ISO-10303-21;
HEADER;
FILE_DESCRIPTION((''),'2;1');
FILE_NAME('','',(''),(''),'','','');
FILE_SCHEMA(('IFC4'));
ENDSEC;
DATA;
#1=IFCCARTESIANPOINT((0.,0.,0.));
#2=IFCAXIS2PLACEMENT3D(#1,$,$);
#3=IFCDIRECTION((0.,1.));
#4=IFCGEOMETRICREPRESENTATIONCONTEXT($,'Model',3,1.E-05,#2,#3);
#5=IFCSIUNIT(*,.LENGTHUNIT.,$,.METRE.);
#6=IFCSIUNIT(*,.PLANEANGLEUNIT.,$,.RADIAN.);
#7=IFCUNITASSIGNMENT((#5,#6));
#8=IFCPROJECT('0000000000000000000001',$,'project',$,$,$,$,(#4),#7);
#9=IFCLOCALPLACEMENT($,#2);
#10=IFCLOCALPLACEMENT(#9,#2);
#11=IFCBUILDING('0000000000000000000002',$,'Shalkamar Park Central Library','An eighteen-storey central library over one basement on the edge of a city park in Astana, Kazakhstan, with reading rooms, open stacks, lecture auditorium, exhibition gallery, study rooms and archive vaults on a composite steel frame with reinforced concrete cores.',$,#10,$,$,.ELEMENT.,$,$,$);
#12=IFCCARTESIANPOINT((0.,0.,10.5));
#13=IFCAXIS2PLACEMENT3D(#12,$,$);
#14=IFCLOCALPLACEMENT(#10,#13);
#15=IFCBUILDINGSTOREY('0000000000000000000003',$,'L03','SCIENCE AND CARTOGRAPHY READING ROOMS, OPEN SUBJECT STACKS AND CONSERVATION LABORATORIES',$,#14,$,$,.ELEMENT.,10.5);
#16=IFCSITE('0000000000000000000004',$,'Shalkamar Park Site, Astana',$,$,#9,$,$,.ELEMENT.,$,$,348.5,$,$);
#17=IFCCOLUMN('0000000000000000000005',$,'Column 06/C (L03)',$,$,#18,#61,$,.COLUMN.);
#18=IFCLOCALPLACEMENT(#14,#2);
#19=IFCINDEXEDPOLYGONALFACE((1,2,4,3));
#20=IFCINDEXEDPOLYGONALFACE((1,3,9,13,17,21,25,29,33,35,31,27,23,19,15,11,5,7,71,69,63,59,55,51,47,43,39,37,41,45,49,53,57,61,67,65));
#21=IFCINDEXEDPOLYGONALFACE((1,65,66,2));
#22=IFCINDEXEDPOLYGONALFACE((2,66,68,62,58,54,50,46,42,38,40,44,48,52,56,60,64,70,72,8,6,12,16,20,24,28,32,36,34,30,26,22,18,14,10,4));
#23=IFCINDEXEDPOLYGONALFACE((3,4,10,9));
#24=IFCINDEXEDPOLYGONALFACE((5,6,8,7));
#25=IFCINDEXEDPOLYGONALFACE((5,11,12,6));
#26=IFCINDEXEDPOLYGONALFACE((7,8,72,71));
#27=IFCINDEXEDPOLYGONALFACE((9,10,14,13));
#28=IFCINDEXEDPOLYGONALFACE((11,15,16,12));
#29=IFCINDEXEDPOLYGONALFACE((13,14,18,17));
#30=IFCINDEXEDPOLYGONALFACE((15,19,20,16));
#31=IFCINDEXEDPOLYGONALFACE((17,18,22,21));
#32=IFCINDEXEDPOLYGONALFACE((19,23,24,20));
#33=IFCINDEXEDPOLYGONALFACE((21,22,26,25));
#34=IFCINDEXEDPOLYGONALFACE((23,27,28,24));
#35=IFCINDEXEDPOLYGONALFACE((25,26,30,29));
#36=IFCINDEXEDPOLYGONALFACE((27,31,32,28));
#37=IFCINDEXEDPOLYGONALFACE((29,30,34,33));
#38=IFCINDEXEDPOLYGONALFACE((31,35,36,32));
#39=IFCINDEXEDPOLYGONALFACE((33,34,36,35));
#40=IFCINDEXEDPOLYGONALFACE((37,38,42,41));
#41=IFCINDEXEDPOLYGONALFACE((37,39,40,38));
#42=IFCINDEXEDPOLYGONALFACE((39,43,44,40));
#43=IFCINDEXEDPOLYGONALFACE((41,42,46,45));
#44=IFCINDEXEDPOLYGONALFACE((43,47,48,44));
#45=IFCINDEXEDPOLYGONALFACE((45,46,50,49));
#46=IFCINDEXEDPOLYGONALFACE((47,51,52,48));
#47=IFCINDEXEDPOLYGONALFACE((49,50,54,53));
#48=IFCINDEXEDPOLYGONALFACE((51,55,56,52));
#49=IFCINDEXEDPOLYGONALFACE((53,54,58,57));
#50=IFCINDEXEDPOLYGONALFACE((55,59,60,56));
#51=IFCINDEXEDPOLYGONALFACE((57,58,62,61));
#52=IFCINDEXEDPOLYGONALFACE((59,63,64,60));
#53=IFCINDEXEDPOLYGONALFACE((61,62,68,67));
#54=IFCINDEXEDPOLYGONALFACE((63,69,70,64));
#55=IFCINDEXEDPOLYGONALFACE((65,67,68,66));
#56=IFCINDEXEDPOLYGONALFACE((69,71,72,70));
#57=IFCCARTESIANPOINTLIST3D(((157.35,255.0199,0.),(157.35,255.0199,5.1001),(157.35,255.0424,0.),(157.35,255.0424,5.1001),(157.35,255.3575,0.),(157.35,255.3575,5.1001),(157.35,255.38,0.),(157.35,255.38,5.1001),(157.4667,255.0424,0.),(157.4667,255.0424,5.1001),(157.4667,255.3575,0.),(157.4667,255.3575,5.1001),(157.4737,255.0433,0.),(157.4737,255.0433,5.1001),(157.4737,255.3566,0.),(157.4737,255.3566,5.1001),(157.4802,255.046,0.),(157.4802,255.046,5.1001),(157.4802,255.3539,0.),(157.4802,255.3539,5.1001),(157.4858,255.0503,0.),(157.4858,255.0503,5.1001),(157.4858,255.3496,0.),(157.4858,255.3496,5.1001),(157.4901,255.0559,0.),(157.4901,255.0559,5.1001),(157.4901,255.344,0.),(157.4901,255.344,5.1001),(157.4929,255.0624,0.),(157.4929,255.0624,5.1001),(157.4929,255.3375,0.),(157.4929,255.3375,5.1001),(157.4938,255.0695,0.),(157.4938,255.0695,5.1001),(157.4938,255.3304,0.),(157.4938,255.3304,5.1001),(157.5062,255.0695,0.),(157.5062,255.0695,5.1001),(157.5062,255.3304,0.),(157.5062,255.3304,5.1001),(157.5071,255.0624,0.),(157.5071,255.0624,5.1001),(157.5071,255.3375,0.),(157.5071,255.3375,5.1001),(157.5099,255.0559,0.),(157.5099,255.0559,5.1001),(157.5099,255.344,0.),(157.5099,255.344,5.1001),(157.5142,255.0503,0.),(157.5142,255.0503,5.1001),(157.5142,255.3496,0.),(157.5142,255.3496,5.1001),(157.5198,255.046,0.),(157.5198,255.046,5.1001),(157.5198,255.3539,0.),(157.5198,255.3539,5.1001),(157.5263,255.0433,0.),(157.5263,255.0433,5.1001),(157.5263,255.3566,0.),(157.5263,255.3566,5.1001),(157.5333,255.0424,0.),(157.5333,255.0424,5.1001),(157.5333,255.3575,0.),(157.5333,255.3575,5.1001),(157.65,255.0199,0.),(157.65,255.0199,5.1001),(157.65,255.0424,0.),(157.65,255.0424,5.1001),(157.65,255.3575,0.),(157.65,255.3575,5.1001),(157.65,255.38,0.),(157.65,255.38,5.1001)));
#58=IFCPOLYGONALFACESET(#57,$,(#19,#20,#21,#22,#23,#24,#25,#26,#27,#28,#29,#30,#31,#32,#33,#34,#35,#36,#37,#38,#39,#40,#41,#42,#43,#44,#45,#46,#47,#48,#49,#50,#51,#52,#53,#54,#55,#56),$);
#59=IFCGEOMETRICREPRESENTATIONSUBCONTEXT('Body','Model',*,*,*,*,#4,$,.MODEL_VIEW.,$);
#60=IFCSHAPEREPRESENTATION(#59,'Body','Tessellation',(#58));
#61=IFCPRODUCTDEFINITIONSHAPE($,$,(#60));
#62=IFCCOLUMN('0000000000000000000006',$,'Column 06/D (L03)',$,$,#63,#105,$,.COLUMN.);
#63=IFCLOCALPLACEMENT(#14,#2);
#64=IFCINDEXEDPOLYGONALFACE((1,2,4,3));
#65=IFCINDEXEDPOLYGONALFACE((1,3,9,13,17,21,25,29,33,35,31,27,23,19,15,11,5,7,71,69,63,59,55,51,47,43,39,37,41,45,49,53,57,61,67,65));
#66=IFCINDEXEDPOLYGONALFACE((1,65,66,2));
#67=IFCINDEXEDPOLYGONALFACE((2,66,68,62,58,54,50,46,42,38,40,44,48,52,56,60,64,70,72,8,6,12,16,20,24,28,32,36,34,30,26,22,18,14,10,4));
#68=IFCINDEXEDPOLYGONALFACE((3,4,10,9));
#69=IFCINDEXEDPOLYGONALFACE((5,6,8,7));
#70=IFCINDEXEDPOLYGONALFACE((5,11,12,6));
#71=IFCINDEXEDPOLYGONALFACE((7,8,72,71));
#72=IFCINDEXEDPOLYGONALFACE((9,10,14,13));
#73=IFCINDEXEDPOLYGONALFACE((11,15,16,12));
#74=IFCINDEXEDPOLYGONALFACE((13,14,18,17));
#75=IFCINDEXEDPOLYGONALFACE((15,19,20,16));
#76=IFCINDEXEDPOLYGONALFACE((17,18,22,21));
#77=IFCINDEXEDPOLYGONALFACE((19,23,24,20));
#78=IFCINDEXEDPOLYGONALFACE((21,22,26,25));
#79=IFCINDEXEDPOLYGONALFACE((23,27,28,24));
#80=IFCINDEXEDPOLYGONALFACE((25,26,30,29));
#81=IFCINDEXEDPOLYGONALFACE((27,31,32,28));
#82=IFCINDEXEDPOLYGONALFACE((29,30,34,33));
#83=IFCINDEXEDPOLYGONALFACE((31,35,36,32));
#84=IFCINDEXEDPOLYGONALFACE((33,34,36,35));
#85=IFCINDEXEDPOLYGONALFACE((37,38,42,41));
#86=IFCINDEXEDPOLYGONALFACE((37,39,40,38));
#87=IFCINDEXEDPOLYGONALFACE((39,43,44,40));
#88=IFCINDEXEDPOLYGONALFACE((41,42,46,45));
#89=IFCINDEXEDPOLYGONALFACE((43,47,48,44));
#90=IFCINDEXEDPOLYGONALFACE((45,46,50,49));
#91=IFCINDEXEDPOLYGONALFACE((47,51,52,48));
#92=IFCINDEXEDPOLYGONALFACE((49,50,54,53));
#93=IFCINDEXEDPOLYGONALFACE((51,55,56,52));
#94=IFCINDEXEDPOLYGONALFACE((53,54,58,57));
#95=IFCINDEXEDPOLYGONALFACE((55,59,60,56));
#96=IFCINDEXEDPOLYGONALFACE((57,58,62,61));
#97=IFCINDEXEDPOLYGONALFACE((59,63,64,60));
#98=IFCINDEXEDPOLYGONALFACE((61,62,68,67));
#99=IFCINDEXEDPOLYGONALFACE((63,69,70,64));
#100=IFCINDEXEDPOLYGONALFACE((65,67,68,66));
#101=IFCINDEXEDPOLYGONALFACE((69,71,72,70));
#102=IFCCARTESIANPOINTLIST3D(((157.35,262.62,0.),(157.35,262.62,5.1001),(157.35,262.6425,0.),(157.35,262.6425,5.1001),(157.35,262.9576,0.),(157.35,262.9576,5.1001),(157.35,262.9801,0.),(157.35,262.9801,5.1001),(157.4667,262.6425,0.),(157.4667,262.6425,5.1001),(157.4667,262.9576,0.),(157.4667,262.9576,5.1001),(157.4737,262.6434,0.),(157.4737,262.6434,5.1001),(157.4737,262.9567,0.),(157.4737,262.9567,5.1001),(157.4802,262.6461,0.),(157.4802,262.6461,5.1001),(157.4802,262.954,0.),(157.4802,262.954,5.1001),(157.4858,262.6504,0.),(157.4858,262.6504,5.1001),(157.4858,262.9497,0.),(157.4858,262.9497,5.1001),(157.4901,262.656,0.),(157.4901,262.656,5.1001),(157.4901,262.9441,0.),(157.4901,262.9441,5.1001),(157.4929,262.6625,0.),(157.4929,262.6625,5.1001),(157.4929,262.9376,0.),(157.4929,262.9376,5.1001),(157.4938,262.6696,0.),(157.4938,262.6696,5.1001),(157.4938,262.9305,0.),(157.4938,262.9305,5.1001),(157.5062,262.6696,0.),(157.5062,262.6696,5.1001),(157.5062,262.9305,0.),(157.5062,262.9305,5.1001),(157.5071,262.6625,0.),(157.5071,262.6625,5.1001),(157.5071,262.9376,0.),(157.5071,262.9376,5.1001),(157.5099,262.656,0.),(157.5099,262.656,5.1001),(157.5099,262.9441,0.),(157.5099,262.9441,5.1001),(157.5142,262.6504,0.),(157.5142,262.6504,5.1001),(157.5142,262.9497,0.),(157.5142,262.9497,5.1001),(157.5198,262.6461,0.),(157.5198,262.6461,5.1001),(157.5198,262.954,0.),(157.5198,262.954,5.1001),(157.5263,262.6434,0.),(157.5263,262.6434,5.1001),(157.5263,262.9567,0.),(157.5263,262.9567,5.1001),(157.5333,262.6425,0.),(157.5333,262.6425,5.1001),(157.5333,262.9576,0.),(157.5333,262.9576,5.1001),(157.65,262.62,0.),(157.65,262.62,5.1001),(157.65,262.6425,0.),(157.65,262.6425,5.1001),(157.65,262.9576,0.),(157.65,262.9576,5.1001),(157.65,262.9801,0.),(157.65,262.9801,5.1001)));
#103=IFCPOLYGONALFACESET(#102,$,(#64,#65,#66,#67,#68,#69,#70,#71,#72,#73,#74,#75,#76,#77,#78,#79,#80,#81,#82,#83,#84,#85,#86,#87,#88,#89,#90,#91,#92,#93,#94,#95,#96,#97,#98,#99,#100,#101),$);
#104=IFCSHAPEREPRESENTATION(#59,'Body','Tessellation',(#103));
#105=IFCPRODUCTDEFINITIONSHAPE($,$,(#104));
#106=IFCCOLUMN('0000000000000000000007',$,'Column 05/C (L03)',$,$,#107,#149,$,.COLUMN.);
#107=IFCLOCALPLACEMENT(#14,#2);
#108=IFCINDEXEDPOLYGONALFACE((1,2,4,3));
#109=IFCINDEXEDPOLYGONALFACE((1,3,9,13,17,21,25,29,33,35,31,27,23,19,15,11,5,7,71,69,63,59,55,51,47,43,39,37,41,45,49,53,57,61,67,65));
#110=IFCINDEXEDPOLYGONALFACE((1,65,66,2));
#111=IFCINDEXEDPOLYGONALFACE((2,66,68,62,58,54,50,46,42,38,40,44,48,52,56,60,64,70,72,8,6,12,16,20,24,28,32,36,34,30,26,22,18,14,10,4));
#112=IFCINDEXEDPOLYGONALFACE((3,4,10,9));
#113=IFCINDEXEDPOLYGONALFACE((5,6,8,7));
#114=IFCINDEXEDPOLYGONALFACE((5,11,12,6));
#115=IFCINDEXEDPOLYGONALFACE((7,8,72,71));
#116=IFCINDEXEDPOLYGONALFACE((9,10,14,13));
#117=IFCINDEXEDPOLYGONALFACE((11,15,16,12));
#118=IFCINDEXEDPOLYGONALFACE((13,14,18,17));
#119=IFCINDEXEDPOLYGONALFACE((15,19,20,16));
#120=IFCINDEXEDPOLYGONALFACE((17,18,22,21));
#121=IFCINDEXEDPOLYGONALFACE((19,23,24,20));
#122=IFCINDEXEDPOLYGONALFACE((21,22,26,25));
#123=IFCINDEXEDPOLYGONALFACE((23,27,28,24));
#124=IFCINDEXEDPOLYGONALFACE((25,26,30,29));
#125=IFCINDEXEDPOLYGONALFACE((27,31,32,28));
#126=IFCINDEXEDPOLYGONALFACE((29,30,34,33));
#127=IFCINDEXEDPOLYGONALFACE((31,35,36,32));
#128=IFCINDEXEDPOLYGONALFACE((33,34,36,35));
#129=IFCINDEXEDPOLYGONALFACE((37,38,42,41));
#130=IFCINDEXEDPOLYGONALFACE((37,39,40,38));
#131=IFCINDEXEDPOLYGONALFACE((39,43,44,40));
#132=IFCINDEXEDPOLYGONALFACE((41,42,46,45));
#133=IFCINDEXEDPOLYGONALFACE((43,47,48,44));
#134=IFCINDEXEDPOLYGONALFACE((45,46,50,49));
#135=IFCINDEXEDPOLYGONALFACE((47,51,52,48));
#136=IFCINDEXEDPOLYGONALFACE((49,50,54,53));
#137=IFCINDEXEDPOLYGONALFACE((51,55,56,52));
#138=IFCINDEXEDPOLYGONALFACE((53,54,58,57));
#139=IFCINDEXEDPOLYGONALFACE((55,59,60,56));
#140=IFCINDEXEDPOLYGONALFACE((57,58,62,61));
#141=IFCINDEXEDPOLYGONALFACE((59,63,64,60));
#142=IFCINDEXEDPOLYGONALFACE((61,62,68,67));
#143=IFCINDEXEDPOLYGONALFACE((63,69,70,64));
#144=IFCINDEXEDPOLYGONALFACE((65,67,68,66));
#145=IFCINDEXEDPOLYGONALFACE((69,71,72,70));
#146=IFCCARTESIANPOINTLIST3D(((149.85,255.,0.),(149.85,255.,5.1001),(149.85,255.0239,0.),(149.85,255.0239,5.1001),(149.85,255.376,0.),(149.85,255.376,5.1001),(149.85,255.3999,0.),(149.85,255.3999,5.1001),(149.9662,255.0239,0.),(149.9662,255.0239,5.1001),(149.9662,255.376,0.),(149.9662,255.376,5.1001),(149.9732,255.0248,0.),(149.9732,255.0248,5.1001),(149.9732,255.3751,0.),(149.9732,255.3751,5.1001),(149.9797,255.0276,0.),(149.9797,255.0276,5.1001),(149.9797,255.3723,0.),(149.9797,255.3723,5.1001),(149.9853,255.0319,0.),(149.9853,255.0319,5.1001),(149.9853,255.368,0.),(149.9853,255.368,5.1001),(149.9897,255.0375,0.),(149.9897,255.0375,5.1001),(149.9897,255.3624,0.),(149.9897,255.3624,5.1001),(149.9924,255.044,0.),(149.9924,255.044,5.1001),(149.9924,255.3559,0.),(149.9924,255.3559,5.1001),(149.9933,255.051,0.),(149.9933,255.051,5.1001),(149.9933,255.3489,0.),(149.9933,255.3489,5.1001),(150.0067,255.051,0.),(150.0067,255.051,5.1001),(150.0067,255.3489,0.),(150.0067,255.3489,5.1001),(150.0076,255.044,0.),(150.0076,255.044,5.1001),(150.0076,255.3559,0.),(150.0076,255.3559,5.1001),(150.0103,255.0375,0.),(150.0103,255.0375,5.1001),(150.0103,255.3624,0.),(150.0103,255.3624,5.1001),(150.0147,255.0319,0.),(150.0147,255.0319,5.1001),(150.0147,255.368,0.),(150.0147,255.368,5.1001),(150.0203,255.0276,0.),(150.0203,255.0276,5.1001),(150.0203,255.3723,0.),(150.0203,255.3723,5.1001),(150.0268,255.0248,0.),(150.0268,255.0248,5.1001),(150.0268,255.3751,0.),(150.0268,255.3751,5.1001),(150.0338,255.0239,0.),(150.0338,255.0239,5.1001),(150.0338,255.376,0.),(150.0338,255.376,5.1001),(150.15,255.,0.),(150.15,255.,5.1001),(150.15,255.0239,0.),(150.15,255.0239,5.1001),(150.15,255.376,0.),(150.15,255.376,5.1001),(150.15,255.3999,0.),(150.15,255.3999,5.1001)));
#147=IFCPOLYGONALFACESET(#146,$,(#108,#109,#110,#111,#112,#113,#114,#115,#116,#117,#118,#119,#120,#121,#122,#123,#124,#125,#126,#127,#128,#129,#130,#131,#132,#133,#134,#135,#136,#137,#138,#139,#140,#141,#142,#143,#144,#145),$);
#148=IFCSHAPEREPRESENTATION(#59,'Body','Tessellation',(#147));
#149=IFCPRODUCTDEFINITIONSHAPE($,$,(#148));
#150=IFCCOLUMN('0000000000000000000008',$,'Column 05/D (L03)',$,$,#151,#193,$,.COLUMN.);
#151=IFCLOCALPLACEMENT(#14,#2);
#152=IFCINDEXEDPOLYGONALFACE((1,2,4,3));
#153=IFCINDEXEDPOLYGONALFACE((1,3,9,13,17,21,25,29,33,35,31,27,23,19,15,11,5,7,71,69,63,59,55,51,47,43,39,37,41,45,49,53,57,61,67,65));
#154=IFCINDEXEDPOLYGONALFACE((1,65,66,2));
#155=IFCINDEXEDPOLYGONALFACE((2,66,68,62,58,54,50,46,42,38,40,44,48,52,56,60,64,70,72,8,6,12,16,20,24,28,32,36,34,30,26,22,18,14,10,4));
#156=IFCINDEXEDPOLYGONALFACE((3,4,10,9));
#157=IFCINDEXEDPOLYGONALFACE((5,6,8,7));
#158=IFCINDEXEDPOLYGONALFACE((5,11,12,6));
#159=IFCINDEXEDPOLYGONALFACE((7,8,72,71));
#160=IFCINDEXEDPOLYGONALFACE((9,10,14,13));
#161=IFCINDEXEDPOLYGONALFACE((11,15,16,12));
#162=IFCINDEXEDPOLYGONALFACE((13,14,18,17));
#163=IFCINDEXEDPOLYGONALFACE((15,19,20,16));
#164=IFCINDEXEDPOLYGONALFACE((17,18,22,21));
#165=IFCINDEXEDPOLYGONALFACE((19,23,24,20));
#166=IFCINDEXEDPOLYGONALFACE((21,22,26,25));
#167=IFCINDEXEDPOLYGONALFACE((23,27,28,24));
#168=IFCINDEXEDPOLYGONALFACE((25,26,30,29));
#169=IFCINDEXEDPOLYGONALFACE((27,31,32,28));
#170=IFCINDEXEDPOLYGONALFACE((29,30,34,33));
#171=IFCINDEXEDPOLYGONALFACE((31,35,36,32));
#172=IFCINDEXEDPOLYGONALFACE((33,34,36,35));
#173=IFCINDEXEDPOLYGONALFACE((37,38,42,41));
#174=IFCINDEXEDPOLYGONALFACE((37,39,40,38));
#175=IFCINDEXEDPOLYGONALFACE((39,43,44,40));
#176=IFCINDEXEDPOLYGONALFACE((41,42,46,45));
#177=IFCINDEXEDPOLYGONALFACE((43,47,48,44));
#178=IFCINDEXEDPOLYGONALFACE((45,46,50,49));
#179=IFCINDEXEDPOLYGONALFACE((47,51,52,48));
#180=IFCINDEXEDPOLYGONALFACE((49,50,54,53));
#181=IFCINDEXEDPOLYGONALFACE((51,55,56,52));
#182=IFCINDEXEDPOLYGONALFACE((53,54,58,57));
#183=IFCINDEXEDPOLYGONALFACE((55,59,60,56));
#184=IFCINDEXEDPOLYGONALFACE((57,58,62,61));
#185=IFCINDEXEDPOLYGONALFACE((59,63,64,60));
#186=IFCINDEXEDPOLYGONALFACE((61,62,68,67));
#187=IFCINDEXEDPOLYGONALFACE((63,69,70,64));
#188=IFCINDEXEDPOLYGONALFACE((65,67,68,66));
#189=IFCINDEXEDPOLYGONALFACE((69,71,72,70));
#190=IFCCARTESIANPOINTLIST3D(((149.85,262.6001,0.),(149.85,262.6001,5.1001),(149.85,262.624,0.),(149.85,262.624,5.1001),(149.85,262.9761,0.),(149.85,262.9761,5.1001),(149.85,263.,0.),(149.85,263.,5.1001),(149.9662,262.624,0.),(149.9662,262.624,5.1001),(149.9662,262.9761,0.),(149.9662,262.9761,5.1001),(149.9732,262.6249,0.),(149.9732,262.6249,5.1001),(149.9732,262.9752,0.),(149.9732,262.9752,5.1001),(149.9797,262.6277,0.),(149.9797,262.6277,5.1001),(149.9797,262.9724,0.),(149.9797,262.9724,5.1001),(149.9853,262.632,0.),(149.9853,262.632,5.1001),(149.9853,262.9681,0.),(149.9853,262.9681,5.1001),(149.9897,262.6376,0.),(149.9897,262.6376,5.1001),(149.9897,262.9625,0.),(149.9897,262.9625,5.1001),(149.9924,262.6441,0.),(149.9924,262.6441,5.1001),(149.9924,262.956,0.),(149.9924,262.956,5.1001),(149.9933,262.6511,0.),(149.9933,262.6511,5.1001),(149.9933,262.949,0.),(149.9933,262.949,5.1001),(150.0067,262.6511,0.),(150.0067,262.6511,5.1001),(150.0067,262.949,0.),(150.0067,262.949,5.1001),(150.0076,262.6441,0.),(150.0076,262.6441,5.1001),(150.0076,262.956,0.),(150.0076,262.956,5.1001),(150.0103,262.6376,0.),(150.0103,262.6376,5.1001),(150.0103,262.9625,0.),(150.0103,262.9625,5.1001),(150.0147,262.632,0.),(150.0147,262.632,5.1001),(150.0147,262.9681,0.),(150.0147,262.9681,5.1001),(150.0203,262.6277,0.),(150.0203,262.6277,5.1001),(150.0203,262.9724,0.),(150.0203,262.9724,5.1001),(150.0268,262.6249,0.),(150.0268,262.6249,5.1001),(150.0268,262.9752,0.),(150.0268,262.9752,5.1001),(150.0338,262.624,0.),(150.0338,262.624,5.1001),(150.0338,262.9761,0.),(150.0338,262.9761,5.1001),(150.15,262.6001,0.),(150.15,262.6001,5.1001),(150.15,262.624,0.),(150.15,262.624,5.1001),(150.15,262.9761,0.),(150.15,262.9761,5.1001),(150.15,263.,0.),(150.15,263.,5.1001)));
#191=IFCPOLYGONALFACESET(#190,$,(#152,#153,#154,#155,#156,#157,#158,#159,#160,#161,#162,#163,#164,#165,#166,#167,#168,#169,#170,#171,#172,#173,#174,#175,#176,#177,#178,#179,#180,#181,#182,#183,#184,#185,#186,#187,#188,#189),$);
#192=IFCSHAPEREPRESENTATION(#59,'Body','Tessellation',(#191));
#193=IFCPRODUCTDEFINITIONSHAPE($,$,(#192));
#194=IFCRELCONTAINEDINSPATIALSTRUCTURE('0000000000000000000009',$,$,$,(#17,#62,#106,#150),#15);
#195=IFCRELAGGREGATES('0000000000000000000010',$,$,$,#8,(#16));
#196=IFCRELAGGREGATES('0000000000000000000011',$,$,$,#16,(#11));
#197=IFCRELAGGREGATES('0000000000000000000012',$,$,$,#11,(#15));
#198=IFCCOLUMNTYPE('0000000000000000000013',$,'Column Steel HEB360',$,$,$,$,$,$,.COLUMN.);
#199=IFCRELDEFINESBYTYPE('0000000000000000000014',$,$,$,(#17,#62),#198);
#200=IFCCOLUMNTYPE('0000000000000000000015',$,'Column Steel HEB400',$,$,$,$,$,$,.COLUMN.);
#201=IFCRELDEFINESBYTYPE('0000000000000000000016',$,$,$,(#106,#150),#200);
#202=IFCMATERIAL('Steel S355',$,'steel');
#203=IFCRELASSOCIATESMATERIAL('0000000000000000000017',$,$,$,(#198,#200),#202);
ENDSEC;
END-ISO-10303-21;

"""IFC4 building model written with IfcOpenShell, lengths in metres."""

from ifc_helpers import new_model, si_unit, direction, frame, origin, origin_2d, place, context, subcontext, project, spatial, i_section, extrude, material, material_profile, profile_set, type_object, element, save


model = new_model("IFC4")

# Units and contexts
model_context = context("Model", 3, precision=1e-05, world=origin(), true_north=direction((0.0, 1.0)))
body_context = subcontext(model_context, "Body", "Model", "MODEL_VIEW")
ifc_project = project(units=[si_unit("LENGTHUNIT", "METRE"), si_unit("PLANEANGLEUNIT", "RADIAN")], contexts=[model_context])

# Site, building, storey
site_placement = place(None, origin())
site = spatial("IfcSite", under=ifc_project, at=site_placement, Name="Shalkamar Park Site, Astana", CompositionType="ELEMENT", RefElevation=348.5)
building_placement = place(site_placement, origin())
building = spatial("IfcBuilding", under=site, at=building_placement, Name="Shalkamar Park Central Library", Description="An eighteen-storey central library over one basement on the edge of a city park in Astana, Kazakhstan, with reading rooms, open stacks, lecture auditorium, exhibition gallery, study rooms and archive vaults on a composite steel frame with reinforced concrete cores.", CompositionType="ELEMENT")
storey_placement = place(building_placement, frame((0.0, 0.0, 10.5)))
storey = spatial("IfcBuildingStorey", under=building, at=storey_placement, Name="L03", Description="SCIENCE AND CARTOGRAPHY READING ROOMS, OPEN SUBJECT STACKS AND CONSERVATION LABORATORIES", CompositionType="ELEMENT", Elevation=10.5)

# Columns
ifc_material_1 = material(Name="Steel S355", Category="steel")
ifc_material_profile_1 = material_profile(ifc_material_1, i_section(OverallWidth=0.3, OverallDepth=0.3601, WebThickness=0.0125, FlangeThickness=0.0225, FilletRadius=0.0271, at=origin_2d()), Name="HEB 360")
ifc_profile_set_1 = profile_set([ifc_material_profile_1], Name="Steel S355")
column_type_1 = type_object("IfcColumnType", Name="Column Steel HEB360", PredefinedType="COLUMN", material=ifc_profile_set_1)
for number, where, z_axis, x_axis, name in (
    (1, (157.5, 255.2, 0.0), (0.0, 0.0, 1.0), (1.0, 0.0, 0.0), "Column 06/C (L03)"),
    (2, (157.5, 262.8, 0.0), (0.0, 0.0, 1.0), (1.0, 0.0, 0.0), "Column 06/D (L03)"),
):
    element("IfcColumn", number, at=place(storey_placement, frame(where, z_axis=z_axis, x_axis=x_axis)), inside=storey, type_object=column_type_1, Name=name, PredefinedType="COLUMN", context=body_context, shape_type="SweptSolid", body=[
        extrude(i_section(OverallWidth=0.3, OverallDepth=0.3601, WebThickness=0.0125, FlangeThickness=0.0225, FilletRadius=0.0271, at=origin_2d()), origin(), (0.0, 0.0, 1.0), 5.1001),
    ])
ifc_material_profile_2 = material_profile(ifc_material_1, i_section(OverallWidth=0.3, OverallDepth=0.3999, WebThickness=0.0134, FlangeThickness=0.0239, FilletRadius=0.0271, at=origin_2d()), Name="HEB 400")
ifc_profile_set_2 = profile_set([ifc_material_profile_2], Name="Steel S355")
column_type_2 = type_object("IfcColumnType", Name="Column Steel HEB400", PredefinedType="COLUMN", material=ifc_profile_set_2)
for number, where, z_axis, x_axis, name in (
    (3, (150.0, 255.2, 0.0), (0.0, 0.0, 1.0), (1.0, 0.0, 0.0), "Column 05/C (L03)"),
    (4, (150.0, 262.8, 0.0), (0.0, 0.0, 1.0), (1.0, 0.0, 0.0), "Column 05/D (L03)"),
):
    element("IfcColumn", number, at=place(storey_placement, frame(where, z_axis=z_axis, x_axis=x_axis)), inside=storey, type_object=column_type_2, Name=name, PredefinedType="COLUMN", context=body_context, shape_type="SweptSolid", body=[
        extrude(i_section(OverallWidth=0.3, OverallDepth=0.3999, WebThickness=0.0134, FlangeThickness=0.0239, FilletRadius=0.0271, at=origin_2d()), origin(), (0.0, 0.0, 1.0), 5.1001),
    ])

save(model, "model.ifc")
